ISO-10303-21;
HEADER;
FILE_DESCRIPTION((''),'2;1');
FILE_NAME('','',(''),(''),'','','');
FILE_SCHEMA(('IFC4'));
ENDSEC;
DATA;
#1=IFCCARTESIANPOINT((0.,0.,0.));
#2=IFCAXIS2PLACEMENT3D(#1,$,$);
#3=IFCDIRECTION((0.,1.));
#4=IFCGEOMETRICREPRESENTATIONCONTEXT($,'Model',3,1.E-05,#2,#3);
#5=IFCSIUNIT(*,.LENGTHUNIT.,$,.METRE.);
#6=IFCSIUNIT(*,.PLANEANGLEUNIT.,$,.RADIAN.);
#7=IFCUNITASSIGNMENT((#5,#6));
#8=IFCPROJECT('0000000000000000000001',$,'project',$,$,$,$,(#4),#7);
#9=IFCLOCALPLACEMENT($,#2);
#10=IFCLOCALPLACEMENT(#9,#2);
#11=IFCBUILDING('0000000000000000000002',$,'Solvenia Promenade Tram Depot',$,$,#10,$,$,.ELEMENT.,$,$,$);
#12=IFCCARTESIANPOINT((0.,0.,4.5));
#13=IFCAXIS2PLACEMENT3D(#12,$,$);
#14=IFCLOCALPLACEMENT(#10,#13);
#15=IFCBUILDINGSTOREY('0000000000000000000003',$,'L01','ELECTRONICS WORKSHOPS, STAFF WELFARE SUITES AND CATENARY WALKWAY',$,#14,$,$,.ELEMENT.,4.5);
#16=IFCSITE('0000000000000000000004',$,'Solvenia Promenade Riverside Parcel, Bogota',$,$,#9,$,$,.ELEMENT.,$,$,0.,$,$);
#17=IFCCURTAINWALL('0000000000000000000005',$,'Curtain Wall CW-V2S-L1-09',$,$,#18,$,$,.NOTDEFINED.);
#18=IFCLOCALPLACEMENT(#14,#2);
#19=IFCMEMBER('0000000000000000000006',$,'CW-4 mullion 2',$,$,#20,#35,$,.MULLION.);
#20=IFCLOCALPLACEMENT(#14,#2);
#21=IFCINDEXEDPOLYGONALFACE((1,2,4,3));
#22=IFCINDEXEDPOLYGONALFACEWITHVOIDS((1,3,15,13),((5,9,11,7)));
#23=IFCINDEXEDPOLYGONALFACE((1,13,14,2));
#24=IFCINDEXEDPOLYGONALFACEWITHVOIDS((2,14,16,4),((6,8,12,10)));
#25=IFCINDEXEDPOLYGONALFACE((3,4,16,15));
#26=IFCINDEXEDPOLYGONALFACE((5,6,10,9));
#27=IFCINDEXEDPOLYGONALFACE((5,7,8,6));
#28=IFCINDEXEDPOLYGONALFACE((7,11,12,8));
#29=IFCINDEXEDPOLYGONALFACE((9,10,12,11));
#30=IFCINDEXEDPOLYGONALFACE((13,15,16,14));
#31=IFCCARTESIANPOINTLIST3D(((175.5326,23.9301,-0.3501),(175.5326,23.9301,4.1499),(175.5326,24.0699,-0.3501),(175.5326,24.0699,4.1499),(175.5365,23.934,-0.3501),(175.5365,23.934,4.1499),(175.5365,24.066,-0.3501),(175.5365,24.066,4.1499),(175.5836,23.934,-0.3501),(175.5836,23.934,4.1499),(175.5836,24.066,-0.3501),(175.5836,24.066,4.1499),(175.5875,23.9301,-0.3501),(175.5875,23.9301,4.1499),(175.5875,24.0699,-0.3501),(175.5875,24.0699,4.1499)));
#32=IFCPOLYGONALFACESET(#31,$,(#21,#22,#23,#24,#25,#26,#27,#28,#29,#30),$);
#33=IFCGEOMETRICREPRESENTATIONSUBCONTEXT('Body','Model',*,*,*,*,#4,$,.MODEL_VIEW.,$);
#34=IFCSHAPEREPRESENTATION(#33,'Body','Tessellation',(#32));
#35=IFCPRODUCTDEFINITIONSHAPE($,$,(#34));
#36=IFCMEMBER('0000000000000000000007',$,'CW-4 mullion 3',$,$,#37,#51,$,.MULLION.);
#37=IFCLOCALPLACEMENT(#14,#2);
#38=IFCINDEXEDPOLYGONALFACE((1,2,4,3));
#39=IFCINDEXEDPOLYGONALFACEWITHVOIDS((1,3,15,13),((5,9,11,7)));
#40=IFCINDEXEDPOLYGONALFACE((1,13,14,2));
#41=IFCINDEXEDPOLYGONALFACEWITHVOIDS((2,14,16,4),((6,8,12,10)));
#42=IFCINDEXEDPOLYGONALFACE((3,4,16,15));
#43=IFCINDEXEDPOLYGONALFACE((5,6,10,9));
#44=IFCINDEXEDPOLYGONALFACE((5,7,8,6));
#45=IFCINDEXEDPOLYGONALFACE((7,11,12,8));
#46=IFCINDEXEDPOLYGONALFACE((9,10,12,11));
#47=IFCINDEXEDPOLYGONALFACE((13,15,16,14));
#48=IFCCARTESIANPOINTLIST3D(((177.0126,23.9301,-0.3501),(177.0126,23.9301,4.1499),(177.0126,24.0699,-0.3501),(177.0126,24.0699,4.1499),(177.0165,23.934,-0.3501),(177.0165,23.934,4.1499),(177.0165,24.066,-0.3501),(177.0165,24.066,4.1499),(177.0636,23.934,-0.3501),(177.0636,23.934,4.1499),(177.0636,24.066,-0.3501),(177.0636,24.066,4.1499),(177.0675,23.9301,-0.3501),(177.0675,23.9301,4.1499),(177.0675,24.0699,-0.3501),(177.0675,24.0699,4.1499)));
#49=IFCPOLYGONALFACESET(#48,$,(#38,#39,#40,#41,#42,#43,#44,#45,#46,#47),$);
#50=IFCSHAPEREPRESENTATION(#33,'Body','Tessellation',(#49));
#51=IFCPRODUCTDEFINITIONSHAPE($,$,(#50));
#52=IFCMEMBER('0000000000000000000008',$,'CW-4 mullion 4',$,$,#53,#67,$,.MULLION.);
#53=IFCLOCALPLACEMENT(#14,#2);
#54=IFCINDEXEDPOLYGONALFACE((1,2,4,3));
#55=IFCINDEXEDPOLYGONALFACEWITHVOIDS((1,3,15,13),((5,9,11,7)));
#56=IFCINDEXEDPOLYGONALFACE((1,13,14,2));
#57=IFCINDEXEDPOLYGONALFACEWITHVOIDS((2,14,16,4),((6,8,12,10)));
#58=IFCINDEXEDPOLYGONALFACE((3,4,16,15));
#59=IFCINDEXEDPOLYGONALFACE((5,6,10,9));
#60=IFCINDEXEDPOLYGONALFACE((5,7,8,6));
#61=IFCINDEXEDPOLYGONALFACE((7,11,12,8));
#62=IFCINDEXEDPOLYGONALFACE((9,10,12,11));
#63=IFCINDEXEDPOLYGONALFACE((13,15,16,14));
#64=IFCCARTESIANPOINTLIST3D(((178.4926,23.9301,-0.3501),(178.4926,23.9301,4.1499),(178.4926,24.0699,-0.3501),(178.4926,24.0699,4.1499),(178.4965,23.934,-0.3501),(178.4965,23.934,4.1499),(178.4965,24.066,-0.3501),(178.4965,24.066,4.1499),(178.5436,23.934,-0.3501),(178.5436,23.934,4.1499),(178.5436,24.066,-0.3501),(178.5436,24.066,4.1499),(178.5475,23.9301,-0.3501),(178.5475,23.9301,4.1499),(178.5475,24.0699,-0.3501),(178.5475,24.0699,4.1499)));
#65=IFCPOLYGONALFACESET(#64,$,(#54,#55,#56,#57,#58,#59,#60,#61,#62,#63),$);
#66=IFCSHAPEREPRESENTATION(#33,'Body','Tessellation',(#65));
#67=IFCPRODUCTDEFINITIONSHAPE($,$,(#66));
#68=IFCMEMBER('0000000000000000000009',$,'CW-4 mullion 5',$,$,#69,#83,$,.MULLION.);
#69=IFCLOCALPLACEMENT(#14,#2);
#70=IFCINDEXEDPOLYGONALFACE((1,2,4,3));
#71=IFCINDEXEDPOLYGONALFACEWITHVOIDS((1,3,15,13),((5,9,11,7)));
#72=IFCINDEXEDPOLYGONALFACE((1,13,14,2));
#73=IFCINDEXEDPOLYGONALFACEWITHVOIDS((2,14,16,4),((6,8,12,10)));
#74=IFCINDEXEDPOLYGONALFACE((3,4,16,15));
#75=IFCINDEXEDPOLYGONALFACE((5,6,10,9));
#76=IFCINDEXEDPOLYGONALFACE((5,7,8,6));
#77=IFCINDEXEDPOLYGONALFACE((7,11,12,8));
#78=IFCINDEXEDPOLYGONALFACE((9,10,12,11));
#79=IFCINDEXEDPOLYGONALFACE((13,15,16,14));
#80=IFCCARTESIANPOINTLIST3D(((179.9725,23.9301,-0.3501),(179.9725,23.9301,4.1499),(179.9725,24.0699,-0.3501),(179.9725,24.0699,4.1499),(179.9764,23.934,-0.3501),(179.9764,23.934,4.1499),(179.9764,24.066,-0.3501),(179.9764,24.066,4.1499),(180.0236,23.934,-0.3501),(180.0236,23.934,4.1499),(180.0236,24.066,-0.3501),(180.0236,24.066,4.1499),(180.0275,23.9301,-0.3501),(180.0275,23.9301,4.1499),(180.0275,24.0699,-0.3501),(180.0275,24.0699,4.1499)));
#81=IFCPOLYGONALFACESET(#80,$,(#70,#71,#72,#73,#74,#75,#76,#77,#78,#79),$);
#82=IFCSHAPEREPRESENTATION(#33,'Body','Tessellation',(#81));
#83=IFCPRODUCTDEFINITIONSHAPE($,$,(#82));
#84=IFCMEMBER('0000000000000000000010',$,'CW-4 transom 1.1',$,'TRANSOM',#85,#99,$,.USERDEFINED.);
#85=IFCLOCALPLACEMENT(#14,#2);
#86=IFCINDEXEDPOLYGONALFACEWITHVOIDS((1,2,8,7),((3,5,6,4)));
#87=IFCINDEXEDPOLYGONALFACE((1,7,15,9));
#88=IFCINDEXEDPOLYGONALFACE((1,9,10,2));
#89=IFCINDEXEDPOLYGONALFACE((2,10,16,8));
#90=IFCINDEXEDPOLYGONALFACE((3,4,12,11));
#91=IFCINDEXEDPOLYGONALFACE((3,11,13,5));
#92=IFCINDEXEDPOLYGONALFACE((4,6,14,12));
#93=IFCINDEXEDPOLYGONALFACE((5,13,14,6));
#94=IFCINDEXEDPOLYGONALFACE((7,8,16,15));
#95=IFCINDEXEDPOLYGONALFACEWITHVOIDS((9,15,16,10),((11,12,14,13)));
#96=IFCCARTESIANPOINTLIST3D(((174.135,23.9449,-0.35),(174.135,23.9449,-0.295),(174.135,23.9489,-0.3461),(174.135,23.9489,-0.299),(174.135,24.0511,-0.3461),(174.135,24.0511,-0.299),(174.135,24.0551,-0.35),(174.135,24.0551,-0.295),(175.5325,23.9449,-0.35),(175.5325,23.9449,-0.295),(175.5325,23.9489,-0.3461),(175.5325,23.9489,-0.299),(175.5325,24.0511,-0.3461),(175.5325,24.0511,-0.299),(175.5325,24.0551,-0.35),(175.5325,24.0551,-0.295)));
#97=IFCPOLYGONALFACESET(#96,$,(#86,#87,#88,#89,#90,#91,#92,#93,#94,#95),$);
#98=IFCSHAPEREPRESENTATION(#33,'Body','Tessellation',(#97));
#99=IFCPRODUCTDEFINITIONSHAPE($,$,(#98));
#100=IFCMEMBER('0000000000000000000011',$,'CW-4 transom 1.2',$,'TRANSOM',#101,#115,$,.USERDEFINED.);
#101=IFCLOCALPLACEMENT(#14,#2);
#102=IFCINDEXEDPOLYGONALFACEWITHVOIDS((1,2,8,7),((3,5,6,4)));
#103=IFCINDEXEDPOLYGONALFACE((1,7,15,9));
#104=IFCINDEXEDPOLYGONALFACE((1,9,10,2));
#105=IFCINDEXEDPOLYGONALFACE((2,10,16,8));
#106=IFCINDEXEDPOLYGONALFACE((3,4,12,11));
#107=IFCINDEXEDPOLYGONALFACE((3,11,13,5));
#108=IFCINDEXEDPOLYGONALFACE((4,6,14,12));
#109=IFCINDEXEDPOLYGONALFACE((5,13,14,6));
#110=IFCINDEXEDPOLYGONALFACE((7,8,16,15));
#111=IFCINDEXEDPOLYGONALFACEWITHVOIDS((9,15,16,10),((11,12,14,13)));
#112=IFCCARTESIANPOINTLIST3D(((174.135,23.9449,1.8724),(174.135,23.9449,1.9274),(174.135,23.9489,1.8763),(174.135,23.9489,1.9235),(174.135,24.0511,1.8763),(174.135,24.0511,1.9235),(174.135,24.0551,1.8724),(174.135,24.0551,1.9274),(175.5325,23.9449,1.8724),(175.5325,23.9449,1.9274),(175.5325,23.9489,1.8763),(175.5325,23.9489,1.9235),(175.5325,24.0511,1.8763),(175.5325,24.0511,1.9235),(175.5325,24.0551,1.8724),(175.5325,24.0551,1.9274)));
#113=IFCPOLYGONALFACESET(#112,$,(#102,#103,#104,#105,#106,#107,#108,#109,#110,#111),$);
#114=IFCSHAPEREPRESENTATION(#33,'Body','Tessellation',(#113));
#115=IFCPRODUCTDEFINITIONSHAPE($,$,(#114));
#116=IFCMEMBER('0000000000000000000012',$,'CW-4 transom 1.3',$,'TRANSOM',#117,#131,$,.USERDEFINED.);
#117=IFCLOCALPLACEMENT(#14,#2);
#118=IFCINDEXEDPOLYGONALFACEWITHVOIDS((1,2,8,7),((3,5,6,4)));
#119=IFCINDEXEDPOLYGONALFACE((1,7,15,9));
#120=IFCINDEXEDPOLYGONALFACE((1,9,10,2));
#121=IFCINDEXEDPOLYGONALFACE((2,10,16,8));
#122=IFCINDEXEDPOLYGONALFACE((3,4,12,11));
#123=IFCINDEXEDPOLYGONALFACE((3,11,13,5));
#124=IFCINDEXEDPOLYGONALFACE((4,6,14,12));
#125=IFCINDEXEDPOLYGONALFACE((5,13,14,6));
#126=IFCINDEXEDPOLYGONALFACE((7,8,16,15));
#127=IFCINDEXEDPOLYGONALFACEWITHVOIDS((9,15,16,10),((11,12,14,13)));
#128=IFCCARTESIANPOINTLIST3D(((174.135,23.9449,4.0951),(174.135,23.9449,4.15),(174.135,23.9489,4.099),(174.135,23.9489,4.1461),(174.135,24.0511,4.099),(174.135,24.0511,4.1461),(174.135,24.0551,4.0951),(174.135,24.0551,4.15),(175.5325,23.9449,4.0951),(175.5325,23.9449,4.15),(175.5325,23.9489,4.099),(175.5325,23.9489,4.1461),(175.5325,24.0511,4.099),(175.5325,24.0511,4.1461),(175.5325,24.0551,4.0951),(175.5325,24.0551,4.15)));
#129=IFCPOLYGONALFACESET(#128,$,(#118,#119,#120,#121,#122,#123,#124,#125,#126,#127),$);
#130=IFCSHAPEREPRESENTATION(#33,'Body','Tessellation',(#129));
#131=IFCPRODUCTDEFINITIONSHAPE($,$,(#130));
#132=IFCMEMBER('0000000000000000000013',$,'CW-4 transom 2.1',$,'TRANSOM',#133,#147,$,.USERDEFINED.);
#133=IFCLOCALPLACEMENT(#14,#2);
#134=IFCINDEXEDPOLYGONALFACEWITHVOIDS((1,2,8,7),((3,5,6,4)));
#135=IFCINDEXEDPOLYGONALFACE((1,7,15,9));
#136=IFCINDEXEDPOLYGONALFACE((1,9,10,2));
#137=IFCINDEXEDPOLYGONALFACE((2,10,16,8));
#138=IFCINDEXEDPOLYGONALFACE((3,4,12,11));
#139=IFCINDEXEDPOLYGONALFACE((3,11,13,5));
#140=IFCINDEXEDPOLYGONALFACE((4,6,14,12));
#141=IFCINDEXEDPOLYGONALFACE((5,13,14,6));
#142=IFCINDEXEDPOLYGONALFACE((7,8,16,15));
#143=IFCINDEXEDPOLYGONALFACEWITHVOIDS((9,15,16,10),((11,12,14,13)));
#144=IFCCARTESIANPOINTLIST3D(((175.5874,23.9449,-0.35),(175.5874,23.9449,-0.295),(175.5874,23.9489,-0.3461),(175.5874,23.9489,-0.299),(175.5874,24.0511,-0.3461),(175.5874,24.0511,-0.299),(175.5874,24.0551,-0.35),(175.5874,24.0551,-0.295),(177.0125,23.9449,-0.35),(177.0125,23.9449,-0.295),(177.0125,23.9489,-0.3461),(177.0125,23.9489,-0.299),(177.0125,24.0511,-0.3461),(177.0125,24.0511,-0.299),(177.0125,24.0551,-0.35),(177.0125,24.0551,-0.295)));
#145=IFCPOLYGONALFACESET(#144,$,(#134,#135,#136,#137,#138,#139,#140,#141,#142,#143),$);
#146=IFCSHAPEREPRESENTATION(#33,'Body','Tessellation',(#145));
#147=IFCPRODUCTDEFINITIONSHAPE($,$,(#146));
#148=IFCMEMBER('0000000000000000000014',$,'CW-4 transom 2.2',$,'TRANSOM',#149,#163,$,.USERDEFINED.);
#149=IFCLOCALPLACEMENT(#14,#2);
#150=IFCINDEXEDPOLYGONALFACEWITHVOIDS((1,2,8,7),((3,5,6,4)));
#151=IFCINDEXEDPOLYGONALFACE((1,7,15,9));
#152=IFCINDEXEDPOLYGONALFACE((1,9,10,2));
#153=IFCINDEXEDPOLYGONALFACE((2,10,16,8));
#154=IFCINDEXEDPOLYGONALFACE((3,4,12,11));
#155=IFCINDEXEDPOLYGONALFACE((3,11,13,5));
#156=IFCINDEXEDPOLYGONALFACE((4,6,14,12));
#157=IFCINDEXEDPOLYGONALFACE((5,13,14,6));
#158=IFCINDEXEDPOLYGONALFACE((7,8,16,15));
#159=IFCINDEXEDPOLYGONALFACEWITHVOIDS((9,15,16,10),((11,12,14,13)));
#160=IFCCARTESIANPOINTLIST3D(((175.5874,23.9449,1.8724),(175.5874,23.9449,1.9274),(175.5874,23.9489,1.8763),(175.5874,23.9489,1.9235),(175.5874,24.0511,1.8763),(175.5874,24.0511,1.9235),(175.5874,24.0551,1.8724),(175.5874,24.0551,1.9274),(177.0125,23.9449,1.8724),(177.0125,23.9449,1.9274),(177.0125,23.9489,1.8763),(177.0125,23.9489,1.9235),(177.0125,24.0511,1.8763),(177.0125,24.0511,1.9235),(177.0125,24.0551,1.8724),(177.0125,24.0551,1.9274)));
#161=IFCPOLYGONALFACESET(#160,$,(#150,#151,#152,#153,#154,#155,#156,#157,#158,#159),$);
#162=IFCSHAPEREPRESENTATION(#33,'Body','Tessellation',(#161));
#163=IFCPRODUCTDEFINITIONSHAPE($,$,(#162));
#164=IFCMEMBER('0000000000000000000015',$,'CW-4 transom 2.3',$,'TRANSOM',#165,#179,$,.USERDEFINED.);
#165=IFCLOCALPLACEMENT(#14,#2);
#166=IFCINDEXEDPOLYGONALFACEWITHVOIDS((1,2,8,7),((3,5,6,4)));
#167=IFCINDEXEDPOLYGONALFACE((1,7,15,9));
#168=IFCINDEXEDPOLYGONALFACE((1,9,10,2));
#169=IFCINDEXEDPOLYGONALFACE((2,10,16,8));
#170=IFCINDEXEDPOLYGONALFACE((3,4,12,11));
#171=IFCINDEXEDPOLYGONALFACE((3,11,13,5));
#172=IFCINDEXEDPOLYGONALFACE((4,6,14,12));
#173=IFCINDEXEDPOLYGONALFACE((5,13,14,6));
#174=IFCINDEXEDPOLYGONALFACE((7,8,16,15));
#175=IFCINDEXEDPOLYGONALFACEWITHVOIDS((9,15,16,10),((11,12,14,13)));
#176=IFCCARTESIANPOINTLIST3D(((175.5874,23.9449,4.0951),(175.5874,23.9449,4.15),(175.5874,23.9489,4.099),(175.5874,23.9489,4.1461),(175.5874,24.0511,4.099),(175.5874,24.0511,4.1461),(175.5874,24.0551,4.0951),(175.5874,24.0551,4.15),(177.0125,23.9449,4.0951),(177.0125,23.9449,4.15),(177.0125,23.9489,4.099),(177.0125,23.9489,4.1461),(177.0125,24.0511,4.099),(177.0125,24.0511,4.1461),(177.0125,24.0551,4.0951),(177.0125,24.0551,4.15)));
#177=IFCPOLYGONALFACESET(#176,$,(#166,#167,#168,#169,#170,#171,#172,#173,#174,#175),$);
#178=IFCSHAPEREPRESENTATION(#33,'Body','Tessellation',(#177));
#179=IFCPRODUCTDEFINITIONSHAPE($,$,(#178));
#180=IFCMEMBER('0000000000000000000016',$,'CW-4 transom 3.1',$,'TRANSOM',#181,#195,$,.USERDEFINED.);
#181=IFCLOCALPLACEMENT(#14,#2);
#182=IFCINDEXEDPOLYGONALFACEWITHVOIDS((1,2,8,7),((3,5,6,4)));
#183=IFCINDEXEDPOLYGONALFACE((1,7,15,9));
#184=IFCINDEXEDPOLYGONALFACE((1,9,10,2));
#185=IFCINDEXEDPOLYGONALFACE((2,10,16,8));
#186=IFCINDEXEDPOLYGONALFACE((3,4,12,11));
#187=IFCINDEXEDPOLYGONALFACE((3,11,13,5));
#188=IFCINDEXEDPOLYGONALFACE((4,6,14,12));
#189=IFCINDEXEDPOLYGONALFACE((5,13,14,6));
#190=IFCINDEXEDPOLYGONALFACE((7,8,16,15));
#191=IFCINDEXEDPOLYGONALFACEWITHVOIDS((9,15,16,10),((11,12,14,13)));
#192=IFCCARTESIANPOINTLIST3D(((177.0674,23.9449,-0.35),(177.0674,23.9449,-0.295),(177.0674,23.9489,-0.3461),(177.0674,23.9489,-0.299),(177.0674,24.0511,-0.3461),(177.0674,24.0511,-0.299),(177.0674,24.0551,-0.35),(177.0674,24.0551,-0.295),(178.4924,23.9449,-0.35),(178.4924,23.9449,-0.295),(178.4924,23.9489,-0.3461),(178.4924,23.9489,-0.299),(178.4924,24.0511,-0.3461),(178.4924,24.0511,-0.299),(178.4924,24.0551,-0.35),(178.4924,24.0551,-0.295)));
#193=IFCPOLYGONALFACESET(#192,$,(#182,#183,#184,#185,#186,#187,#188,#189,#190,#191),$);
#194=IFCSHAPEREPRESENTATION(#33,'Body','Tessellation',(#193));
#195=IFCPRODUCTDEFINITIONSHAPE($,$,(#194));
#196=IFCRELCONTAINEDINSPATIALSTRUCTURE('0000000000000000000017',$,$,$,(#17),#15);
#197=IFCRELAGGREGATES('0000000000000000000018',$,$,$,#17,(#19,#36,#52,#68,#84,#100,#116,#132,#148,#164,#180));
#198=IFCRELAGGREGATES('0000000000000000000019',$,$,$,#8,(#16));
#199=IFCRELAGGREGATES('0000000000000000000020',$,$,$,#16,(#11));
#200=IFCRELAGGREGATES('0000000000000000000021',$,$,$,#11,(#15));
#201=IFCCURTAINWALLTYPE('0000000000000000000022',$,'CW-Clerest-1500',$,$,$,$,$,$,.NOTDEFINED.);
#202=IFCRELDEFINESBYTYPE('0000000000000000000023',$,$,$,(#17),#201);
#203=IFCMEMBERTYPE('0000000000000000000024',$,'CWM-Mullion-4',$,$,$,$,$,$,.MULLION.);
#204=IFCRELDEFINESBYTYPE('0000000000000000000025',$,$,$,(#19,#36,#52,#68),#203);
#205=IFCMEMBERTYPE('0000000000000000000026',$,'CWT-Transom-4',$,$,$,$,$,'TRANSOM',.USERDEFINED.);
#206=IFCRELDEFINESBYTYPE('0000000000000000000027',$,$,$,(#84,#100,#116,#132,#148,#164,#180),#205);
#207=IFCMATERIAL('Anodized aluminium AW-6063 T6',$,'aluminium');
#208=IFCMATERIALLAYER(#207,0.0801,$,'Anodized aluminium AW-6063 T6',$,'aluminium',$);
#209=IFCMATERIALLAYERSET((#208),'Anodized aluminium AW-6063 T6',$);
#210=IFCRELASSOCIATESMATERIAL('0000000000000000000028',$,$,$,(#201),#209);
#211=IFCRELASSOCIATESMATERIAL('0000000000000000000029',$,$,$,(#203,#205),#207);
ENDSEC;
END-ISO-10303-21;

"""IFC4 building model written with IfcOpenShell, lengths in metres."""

from ifc_helpers import new_model, si_unit, direction, frame, origin, origin_2d, place, context, subcontext, project, spatial, hollow_rectangle, extrude, material, layer, layer_set, material_profile, profile_set, type_object, element, aggregate, save


model = new_model("IFC4")

# Units and contexts
model_context = context("Model", 3, precision=1e-05, world=origin(), true_north=direction((0.0, 1.0)))
body_context = subcontext(model_context, "Body", "Model", "MODEL_VIEW")
ifc_project = project(units=[si_unit("LENGTHUNIT", "METRE"), si_unit("PLANEANGLEUNIT", "RADIAN")], contexts=[model_context])

# Site, building, storey
site_placement = place(None, origin())
site = spatial("IfcSite", under=ifc_project, at=site_placement, Name="Solvenia Promenade Riverside Parcel, Bogota", CompositionType="ELEMENT", RefElevation=0.0)
building_placement = place(site_placement, origin())
building = spatial("IfcBuilding", under=site, at=building_placement, Name="Solvenia Promenade Tram Depot", CompositionType="ELEMENT")
storey_placement = place(building_placement, frame((0.0, 0.0, 4.5)))
storey = spatial("IfcBuildingStorey", under=building, at=storey_placement, Name="L01", Description="ELECTRONICS WORKSHOPS, STAFF WELFARE SUITES AND CATENARY WALKWAY", CompositionType="ELEMENT", Elevation=4.5)

# Curtain wall, members
ifc_material_1 = material(Name="Anodized aluminium AW-6063 T6", Category="aluminium")
ifc_layer_1 = layer(ifc_material_1, 0.0801, Name="Anodized aluminium AW-6063 T6", Category="aluminium")
ifc_layer_set_1 = layer_set([ifc_layer_1], Name="Anodized aluminium AW-6063 T6")
curtain_wall_type = type_object("IfcCurtainWallType", Name="CW-Clerest-1500", PredefinedType="NOTDEFINED", material=ifc_layer_set_1)
curtain_wall_placement = place(storey_placement, origin())
curtain_wall = element("IfcCurtainWall", 1, at=curtain_wall_placement, inside=storey, type_object=curtain_wall_type, Name="Curtain Wall CW-V2S-L1-09", PredefinedType="NOTDEFINED")
ifc_material_profile_1 = material_profile(ifc_material_1, hollow_rectangle(XDim=0.1399, YDim=0.0549, WallThickness=0.0039, at=origin_2d()), Name="ALU-M4", Category="aluminium")
ifc_profile_set_1 = profile_set([ifc_material_profile_1], Name="Anodized aluminium AW-6063 T6")
member_type_1 = type_object("IfcMemberType", Name="CWM-Mullion-4", PredefinedType="MULLION", material=ifc_profile_set_1)
member_1_placement = place(storey_placement, frame((175.5601, 24.0, -0.3501), z_axis=(0.0, 0.0, 1.0), x_axis=(0.0, 1.0, 0.0)))
member_1 = element("IfcMember", 2, at=member_1_placement, type_object=member_type_1, Name="CW-4 mullion 2", PredefinedType="MULLION", context=body_context, shape_type="SweptSolid", body=[
    extrude(hollow_rectangle(XDim=0.1399, YDim=0.0549, WallThickness=0.0039, at=origin_2d()), origin(), (0.0, 0.0, 1.0), 4.5),
])
member_2_placement = place(storey_placement, frame((177.04, 24.0, -0.3501), z_axis=(0.0, 0.0, 1.0), x_axis=(0.0, 1.0, 0.0)))
member_2 = element("IfcMember", 3, at=member_2_placement, type_object=member_type_1, Name="CW-4 mullion 3", PredefinedType="MULLION", context=body_context, shape_type="SweptSolid", body=[
    extrude(hollow_rectangle(XDim=0.1399, YDim=0.0549, WallThickness=0.0039, at=origin_2d()), origin(), (0.0, 0.0, 1.0), 4.5),
])
member_3_placement = place(storey_placement, frame((178.52, 24.0, -0.3501), z_axis=(0.0, 0.0, 1.0), x_axis=(0.0, 1.0, 0.0)))
member_3 = element("IfcMember", 4, at=member_3_placement, type_object=member_type_1, Name="CW-4 mullion 4", PredefinedType="MULLION", context=body_context, shape_type="SweptSolid", body=[
    extrude(hollow_rectangle(XDim=0.1399, YDim=0.0549, WallThickness=0.0039, at=origin_2d()), origin(), (0.0, 0.0, 1.0), 4.5),
])
member_4_placement = place(storey_placement, frame((180.0, 24.0, -0.3501), z_axis=(0.0, 0.0, 1.0), x_axis=(0.0, 1.0, 0.0)))
member_4 = element("IfcMember", 5, at=member_4_placement, type_object=member_type_1, Name="CW-4 mullion 5", PredefinedType="MULLION", context=body_context, shape_type="SweptSolid", body=[
    extrude(hollow_rectangle(XDim=0.1399, YDim=0.0549, WallThickness=0.0039, at=origin_2d()), origin(), (0.0, 0.0, 1.0), 4.5),
])
ifc_material_profile_2 = material_profile(ifc_material_1, hollow_rectangle(XDim=0.1101, YDim=0.0549, WallThickness=0.0039, at=origin_2d()), Name="ALU-T4", Category="aluminium")
ifc_profile_set_2 = profile_set([ifc_material_profile_2], Name="Anodized aluminium AW-6063 T6")
member_type_2 = type_object("IfcMemberType", Name="CWT-Transom-4", ElementType="TRANSOM", PredefinedType="USERDEFINED", material=ifc_profile_set_2)
member_5_placement = place(storey_placement, frame((174.135, 24.0, -0.3225), z_axis=(1.0, 0.0, 0.0), x_axis=(0.0, 1.0, 0.0)))
member_5 = element("IfcMember", 6, at=member_5_placement, type_object=member_type_2, Name="CW-4 transom 1.1", ObjectType="TRANSOM", PredefinedType="USERDEFINED", context=body_context, shape_type="SweptSolid", body=[
    extrude(hollow_rectangle(XDim=0.1101, YDim=0.0549, WallThickness=0.0039, at=origin_2d()), origin(), (0.0, 0.0, 1.0), 1.3975),
])
member_6_placement = place(storey_placement, frame((174.135, 24.0, 1.8999), z_axis=(1.0, 0.0, 0.0), x_axis=(0.0, 1.0, 0.0)))
member_6 = element("IfcMember", 7, at=member_6_placement, type_object=member_type_2, Name="CW-4 transom 1.2", ObjectType="TRANSOM", PredefinedType="USERDEFINED", context=body_context, shape_type="SweptSolid", body=[
    extrude(hollow_rectangle(XDim=0.1101, YDim=0.0549, WallThickness=0.0039, at=origin_2d()), origin(), (0.0, 0.0, 1.0), 1.3975),
])
member_7_placement = place(storey_placement, frame((174.135, 24.0, 4.1226), z_axis=(1.0, 0.0, 0.0), x_axis=(0.0, 1.0, 0.0)))
member_7 = element("IfcMember", 8, at=member_7_placement, type_object=member_type_2, Name="CW-4 transom 1.3", ObjectType="TRANSOM", PredefinedType="USERDEFINED", context=body_context, shape_type="SweptSolid", body=[
    extrude(hollow_rectangle(XDim=0.1101, YDim=0.0549, WallThickness=0.0039, at=origin_2d()), origin(), (0.0, 0.0, 1.0), 1.3975),
])
member_8_placement = place(storey_placement, frame((175.5874, 24.0, -0.3225), z_axis=(1.0, 0.0, 0.0), x_axis=(0.0, 1.0, 0.0)))
member_8 = element("IfcMember", 9, at=member_8_placement, type_object=member_type_2, Name="CW-4 transom 2.1", ObjectType="TRANSOM", PredefinedType="USERDEFINED", context=body_context, shape_type="SweptSolid", body=[
    extrude(hollow_rectangle(XDim=0.1101, YDim=0.0549, WallThickness=0.0039, at=origin_2d()), origin(), (0.0, 0.0, 1.0), 1.425),
])
member_9_placement = place(storey_placement, frame((175.5874, 24.0, 1.8999), z_axis=(1.0, 0.0, 0.0), x_axis=(0.0, 1.0, 0.0)))
member_9 = element("IfcMember", 10, at=member_9_placement, type_object=member_type_2, Name="CW-4 transom 2.2", ObjectType="TRANSOM", PredefinedType="USERDEFINED", context=body_context, shape_type="SweptSolid", body=[
    extrude(hollow_rectangle(XDim=0.1101, YDim=0.0549, WallThickness=0.0039, at=origin_2d()), origin(), (0.0, 0.0, 1.0), 1.425),
])
member_10_placement = place(storey_placement, frame((175.5874, 24.0, 4.1226), z_axis=(1.0, 0.0, 0.0), x_axis=(0.0, 1.0, 0.0)))
member_10 = element("IfcMember", 11, at=member_10_placement, type_object=member_type_2, Name="CW-4 transom 2.3", ObjectType="TRANSOM", PredefinedType="USERDEFINED", context=body_context, shape_type="SweptSolid", body=[
    extrude(hollow_rectangle(XDim=0.1101, YDim=0.0549, WallThickness=0.0039, at=origin_2d()), origin(), (0.0, 0.0, 1.0), 1.425),
])
member_11_placement = place(storey_placement, frame((177.0674, 24.0, -0.3225), z_axis=(1.0, 0.0, 0.0), x_axis=(0.0, 1.0, 0.0)))
member_11 = element("IfcMember", 12, at=member_11_placement, type_object=member_type_2, Name="CW-4 transom 3.1", ObjectType="TRANSOM", PredefinedType="USERDEFINED", context=body_context, shape_type="SweptSolid", body=[
    extrude(hollow_rectangle(XDim=0.1101, YDim=0.0549, WallThickness=0.0039, at=origin_2d()), origin(), (0.0, 0.0, 1.0), 1.425),
])

aggregate(curtain_wall, [member_1, member_2, member_3, member_4, member_5, member_6, member_7, member_8, member_9, member_10, member_11])

save(model, "model.ifc")
